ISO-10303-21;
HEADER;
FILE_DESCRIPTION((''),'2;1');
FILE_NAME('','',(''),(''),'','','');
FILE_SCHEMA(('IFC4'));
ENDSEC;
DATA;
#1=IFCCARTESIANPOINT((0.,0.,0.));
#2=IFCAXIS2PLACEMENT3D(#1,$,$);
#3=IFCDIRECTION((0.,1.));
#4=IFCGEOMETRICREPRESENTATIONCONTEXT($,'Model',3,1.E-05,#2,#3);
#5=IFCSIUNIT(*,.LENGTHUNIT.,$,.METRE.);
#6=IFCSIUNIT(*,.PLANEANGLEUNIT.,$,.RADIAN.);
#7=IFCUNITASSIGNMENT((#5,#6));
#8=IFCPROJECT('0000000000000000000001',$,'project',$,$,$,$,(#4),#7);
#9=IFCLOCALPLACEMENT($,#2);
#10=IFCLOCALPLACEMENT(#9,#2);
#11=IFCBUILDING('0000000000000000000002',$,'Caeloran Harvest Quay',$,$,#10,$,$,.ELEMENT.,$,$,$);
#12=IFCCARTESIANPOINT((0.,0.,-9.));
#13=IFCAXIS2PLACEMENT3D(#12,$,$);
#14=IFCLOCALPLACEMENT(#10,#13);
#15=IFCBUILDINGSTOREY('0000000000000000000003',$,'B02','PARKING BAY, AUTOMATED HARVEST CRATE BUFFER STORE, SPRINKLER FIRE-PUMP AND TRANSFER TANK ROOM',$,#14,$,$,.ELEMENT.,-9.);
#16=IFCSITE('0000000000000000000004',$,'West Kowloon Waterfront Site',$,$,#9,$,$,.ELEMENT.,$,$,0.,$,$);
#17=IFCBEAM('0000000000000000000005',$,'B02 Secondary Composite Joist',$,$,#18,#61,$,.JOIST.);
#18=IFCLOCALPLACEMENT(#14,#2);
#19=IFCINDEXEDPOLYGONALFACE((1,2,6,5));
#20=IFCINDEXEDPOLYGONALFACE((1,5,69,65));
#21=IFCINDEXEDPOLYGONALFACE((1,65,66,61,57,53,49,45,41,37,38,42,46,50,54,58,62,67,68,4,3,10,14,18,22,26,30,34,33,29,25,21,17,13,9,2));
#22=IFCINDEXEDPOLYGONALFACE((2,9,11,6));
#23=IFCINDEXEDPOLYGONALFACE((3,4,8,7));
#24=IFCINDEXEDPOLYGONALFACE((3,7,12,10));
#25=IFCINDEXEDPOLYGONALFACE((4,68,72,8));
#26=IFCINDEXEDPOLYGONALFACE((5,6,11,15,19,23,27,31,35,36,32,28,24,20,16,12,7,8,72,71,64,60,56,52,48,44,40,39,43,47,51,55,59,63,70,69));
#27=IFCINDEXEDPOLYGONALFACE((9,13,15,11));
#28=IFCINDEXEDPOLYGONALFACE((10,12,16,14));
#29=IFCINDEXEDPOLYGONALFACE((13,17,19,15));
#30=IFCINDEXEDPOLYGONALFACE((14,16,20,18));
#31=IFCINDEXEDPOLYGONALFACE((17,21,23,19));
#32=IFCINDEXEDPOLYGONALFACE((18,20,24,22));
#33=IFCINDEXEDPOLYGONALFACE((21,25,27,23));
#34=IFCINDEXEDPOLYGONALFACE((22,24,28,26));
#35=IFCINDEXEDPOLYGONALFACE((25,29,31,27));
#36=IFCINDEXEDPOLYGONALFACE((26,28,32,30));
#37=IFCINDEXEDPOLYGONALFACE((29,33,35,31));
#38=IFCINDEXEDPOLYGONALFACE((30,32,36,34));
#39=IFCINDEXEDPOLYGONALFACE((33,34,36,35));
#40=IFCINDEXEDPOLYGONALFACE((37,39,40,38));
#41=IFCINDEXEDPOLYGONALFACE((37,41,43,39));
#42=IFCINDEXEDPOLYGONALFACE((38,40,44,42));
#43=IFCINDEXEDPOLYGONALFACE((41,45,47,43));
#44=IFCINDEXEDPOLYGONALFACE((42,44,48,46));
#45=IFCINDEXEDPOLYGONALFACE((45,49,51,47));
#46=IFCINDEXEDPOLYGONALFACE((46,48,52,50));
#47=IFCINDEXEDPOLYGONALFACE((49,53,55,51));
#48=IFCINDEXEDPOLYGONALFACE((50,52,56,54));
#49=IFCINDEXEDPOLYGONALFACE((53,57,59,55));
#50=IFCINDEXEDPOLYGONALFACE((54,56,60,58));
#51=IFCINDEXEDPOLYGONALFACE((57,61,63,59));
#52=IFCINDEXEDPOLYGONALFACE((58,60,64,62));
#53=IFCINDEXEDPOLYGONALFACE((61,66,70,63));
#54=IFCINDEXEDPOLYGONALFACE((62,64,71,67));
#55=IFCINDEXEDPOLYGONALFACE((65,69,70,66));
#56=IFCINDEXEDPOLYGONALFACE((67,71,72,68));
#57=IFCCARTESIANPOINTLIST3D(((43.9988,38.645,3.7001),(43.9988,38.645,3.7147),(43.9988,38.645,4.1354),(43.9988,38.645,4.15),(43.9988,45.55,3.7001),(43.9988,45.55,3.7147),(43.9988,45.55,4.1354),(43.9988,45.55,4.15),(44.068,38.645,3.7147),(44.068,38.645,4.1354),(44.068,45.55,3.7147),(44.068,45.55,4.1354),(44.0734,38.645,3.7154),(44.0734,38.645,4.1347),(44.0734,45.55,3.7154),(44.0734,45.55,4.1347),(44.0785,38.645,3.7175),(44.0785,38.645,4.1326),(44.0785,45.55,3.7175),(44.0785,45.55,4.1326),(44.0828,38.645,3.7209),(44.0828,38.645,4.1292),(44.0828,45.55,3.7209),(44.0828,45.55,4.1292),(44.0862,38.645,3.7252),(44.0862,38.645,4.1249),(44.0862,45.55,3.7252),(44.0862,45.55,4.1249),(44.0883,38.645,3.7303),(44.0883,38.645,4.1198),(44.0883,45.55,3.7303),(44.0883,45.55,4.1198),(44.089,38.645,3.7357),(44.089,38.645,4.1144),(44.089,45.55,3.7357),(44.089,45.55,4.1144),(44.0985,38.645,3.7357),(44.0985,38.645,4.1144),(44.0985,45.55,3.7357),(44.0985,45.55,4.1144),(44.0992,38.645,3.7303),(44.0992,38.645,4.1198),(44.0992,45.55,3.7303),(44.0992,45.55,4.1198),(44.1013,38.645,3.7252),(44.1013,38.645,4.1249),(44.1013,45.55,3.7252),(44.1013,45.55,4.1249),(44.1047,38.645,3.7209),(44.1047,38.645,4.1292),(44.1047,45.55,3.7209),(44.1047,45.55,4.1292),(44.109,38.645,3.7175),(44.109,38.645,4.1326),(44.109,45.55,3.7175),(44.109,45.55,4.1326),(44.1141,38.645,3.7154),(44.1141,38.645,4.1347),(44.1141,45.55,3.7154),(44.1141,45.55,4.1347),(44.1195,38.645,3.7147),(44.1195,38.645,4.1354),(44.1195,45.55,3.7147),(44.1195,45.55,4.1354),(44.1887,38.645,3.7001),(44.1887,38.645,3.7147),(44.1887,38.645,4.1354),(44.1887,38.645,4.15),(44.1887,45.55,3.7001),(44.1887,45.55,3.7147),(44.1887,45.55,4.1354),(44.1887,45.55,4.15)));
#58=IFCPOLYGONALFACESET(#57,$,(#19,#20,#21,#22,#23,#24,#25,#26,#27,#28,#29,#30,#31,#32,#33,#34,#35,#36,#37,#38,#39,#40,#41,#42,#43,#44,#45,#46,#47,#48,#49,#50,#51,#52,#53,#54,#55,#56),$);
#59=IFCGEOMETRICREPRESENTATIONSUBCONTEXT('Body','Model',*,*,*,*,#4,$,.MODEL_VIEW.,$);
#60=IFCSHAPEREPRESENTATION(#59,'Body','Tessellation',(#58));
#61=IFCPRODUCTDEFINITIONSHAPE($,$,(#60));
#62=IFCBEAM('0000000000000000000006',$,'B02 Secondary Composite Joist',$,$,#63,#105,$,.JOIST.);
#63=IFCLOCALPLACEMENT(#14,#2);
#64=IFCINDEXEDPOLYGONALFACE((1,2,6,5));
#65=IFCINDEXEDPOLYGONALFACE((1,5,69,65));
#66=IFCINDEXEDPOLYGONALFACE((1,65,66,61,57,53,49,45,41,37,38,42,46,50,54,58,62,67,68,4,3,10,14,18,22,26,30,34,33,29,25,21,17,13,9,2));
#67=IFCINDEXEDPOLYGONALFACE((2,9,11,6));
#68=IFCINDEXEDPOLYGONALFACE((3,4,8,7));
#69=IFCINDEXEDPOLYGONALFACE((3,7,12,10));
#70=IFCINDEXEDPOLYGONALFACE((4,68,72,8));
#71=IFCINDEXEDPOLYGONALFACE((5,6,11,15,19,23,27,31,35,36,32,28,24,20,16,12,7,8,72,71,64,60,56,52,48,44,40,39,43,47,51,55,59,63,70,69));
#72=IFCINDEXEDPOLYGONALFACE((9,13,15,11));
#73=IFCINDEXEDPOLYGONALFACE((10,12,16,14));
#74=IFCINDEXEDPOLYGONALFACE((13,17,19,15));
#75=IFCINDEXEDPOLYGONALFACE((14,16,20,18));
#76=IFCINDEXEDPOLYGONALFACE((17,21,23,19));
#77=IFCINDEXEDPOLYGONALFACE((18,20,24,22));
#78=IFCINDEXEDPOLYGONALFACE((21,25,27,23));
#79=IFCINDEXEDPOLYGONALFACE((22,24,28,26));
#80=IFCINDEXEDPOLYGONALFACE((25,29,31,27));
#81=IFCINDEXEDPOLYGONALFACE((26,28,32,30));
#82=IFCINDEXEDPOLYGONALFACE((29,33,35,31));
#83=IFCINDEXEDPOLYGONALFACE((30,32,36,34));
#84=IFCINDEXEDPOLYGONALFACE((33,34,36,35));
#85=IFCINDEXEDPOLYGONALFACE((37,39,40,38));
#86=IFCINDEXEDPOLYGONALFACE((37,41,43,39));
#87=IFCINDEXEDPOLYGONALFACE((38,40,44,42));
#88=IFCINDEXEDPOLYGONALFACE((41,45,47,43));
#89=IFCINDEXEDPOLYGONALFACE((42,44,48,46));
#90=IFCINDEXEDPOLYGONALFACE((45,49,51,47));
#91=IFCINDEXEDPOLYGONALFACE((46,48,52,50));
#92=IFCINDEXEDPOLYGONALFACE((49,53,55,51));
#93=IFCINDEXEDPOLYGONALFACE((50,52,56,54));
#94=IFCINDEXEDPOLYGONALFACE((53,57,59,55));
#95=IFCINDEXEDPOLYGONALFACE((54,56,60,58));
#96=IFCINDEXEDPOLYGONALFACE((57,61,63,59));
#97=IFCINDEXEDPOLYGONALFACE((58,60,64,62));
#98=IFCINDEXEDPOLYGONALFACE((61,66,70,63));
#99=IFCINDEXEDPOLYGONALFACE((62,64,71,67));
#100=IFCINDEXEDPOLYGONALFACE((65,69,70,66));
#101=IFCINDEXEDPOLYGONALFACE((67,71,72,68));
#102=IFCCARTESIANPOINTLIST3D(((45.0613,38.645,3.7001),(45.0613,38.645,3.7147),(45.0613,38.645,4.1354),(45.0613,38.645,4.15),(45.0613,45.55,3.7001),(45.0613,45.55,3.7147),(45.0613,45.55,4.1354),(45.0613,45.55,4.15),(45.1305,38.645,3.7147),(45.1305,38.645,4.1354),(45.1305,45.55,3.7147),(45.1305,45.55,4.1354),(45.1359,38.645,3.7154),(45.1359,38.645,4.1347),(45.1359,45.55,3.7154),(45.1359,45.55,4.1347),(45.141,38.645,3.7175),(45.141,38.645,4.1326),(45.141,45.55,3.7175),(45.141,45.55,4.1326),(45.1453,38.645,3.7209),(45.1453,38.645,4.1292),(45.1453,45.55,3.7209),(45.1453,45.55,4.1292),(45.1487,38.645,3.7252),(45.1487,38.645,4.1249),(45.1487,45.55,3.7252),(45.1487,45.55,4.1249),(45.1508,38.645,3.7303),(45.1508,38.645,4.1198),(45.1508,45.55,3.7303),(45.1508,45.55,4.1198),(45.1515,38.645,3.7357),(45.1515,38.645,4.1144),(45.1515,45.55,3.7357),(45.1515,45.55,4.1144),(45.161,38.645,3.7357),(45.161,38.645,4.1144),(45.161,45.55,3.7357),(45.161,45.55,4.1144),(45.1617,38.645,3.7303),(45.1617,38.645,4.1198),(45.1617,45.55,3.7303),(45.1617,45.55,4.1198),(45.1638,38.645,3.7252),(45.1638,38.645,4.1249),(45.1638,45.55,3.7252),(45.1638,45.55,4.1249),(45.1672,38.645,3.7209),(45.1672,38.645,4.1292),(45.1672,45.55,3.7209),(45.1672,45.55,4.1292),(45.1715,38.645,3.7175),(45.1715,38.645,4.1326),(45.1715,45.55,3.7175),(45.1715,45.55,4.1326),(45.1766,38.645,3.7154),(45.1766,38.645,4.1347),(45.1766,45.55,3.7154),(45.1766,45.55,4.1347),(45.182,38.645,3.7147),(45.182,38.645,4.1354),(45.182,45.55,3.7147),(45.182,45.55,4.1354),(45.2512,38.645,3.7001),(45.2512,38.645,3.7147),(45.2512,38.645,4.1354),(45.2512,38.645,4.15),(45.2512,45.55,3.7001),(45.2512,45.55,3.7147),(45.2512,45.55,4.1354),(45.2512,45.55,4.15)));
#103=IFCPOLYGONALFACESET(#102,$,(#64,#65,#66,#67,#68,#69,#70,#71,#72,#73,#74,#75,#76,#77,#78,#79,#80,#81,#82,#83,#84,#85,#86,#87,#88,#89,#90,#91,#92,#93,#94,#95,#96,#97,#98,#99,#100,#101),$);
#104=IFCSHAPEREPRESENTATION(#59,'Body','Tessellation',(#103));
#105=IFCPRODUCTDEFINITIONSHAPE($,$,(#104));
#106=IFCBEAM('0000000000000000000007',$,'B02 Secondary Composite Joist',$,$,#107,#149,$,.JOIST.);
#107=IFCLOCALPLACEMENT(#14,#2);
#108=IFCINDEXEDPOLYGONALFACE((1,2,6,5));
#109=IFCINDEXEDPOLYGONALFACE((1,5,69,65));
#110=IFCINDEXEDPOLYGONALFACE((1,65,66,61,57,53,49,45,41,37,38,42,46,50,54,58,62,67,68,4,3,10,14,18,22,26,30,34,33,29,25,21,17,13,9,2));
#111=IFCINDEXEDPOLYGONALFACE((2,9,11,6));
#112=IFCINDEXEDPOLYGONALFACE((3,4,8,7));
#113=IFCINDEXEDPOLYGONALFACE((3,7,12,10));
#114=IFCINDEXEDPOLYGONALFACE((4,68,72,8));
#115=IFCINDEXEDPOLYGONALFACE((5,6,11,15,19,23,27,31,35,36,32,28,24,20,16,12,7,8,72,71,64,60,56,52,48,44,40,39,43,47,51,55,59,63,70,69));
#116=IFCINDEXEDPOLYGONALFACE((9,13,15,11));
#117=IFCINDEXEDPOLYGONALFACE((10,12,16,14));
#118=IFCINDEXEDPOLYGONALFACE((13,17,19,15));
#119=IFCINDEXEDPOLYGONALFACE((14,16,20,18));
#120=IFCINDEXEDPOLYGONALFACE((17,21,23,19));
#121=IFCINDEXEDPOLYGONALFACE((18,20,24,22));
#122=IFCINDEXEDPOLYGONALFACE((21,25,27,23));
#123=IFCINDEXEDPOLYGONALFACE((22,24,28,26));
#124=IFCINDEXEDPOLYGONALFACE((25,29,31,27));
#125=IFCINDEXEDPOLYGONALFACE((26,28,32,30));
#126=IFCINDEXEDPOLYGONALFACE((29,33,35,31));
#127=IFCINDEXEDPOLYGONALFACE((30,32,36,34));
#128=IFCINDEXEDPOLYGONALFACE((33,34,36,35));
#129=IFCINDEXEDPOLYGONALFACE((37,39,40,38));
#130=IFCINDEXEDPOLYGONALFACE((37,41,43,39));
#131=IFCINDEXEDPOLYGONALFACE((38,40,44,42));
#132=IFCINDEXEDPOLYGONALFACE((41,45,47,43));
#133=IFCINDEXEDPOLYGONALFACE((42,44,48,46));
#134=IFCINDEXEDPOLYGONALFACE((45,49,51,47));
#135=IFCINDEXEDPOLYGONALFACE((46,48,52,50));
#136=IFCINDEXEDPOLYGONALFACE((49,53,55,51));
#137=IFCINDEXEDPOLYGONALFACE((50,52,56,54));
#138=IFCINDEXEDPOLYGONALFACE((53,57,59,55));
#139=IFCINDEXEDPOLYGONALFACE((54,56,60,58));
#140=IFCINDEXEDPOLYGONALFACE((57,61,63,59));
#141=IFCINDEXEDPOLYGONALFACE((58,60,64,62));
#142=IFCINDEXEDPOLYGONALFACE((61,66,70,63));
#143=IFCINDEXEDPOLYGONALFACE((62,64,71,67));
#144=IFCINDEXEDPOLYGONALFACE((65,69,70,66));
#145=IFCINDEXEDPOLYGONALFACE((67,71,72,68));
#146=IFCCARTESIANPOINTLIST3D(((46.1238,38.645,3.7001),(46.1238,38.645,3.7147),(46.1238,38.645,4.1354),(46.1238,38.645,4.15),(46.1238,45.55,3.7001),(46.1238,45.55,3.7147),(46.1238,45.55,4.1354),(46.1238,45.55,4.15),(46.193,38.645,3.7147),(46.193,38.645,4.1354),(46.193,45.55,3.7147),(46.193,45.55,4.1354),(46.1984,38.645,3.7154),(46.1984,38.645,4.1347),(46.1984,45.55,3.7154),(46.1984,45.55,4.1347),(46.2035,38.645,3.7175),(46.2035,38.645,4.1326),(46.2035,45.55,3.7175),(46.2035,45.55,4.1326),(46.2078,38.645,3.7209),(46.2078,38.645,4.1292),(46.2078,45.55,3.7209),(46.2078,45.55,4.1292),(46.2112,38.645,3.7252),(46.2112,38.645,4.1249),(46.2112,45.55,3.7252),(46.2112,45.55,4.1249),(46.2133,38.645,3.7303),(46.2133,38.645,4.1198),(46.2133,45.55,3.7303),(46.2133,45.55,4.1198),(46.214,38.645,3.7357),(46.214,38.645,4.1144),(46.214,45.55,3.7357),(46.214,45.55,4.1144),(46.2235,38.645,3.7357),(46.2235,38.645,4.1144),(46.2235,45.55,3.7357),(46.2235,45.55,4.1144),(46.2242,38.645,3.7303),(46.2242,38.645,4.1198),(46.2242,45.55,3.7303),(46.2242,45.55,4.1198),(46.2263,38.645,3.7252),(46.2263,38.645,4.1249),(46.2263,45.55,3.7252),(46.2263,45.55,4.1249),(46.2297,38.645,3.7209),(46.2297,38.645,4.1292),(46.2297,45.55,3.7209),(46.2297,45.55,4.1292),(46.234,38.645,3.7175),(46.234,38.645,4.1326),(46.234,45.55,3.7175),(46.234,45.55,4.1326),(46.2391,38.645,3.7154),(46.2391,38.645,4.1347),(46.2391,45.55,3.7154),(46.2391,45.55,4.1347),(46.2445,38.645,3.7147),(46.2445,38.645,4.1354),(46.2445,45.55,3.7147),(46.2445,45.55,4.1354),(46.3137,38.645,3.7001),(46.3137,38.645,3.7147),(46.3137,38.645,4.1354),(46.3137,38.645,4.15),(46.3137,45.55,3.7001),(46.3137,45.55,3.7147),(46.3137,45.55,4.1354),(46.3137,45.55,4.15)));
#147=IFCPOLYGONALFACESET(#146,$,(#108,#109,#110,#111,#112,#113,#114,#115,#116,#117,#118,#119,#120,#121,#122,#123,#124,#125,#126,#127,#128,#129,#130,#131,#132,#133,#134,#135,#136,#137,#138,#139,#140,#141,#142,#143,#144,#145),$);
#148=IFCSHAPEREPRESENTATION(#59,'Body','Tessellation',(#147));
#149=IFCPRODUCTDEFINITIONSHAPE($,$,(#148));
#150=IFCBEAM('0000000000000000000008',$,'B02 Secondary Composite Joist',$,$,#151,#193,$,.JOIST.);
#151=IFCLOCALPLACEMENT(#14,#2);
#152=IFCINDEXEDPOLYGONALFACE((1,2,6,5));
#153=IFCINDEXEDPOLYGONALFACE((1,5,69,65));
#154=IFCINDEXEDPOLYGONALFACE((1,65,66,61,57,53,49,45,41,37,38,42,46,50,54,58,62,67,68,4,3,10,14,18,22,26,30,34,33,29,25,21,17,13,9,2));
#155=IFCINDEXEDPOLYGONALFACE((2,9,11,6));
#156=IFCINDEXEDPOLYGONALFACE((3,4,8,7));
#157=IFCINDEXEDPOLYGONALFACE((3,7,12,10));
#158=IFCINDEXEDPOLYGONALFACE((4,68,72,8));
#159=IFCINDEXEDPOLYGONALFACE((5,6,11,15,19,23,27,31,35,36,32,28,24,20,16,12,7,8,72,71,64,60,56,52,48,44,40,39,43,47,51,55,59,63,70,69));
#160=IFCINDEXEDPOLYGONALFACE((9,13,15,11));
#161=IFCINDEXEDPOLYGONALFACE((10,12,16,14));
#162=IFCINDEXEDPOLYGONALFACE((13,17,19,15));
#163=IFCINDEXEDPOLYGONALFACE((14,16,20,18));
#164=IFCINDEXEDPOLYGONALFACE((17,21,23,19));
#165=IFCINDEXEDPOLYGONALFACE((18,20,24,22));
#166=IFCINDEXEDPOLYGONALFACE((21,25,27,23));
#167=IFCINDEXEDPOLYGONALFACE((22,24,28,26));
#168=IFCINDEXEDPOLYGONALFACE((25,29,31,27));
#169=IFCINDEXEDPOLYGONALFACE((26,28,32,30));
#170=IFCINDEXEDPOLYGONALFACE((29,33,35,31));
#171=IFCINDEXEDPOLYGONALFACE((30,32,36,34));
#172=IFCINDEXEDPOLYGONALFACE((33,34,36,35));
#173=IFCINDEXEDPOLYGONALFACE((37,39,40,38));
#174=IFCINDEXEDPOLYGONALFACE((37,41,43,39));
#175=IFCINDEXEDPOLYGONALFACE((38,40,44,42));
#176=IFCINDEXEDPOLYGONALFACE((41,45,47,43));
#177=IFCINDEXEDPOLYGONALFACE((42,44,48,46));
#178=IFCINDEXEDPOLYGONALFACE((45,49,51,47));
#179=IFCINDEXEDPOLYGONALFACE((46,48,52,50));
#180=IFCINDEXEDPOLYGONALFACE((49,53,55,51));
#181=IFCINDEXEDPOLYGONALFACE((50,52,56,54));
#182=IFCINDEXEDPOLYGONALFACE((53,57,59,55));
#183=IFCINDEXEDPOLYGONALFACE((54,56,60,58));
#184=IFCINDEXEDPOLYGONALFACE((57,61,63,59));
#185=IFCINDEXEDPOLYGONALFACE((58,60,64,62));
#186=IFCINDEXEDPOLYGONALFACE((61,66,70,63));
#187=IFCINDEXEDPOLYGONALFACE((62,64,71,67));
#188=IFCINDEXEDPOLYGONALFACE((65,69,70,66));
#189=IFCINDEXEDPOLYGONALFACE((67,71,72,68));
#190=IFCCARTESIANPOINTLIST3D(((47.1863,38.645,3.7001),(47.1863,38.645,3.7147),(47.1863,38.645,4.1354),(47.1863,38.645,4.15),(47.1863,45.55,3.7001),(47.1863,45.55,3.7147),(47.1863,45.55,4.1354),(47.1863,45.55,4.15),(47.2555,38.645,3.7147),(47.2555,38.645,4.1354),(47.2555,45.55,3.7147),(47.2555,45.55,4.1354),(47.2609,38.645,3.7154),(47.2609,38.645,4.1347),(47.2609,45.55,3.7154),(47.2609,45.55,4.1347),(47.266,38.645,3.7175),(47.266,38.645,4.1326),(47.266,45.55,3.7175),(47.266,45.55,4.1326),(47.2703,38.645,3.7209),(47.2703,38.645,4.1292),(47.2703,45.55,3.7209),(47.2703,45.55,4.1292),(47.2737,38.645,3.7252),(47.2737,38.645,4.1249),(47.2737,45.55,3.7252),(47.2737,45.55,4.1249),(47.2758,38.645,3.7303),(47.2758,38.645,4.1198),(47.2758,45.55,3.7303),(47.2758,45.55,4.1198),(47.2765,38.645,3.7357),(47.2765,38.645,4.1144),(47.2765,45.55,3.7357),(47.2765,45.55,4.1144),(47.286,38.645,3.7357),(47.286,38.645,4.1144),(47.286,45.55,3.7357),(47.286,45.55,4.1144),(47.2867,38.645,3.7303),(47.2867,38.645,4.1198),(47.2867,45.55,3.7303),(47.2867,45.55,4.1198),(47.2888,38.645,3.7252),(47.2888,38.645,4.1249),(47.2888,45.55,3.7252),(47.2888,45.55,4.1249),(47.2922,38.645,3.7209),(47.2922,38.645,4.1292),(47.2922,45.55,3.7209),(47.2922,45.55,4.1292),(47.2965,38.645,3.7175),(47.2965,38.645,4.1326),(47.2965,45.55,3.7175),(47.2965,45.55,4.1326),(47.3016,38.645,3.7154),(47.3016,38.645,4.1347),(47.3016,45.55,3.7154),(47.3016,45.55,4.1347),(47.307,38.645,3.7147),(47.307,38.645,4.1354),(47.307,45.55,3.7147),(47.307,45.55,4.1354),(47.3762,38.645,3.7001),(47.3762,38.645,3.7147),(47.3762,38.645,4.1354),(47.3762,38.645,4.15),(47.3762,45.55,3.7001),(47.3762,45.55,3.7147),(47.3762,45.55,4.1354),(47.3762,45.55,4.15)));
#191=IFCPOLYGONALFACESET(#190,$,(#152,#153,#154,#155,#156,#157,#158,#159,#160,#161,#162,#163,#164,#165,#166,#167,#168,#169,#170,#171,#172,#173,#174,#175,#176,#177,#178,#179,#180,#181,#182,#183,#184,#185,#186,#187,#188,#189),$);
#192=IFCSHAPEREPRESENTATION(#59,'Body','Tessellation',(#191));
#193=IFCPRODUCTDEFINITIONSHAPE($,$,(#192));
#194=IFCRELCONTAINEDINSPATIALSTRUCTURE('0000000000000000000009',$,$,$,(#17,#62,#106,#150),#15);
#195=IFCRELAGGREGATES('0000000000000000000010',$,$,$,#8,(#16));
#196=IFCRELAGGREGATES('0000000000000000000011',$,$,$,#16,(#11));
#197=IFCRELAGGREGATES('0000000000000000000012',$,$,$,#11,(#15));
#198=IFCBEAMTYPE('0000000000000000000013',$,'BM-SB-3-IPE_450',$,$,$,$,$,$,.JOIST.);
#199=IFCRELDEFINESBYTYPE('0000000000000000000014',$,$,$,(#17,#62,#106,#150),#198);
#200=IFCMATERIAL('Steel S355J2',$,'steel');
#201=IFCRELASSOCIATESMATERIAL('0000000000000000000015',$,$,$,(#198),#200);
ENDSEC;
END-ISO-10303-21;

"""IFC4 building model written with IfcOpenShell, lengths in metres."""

from ifc_helpers import new_model, si_unit, direction, frame, origin, origin_2d, place, context, subcontext, project, spatial, i_section, extrude, material, material_profile, profile_set, type_object, element, save


model = new_model("IFC4")

# Units and contexts
model_context = context("Model", 3, precision=1e-05, world=origin(), true_north=direction((0.0, 1.0)))
body_context = subcontext(model_context, "Body", "Model", "MODEL_VIEW")
ifc_project = project(units=[si_unit("LENGTHUNIT", "METRE"), si_unit("PLANEANGLEUNIT", "RADIAN")], contexts=[model_context])

# Site, building, storey
site_placement = place(None, origin())
site = spatial("IfcSite", under=ifc_project, at=site_placement, Name="West Kowloon Waterfront Site", CompositionType="ELEMENT", RefElevation=0.0)
building_placement = place(site_placement, origin())
building = spatial("IfcBuilding", under=site, at=building_placement, Name="Caeloran Harvest Quay", CompositionType="ELEMENT")
storey_placement = place(building_placement, frame((0.0, 0.0, -9.0)))
storey = spatial("IfcBuildingStorey", under=building, at=storey_placement, Name="B02", Description="PARKING BAY, AUTOMATED HARVEST CRATE BUFFER STORE, SPRINKLER FIRE-PUMP AND TRANSFER TANK ROOM", CompositionType="ELEMENT", Elevation=-9.0)

# Beams
ifc_material_1 = material(Name="Steel S355J2", Category="steel")
ifc_material_profile_1 = material_profile(ifc_material_1, i_section(OverallWidth=0.1899, OverallDepth=0.45, WebThickness=0.0095, FlangeThickness=0.0146, FilletRadius=0.021, at=origin_2d()), Name="IPE 450")
ifc_profile_set_1 = profile_set([ifc_material_profile_1], Name="Steel S355J2")
beam_type_1 = type_object("IfcBeamType", Name="BM-SB-3-IPE_450", PredefinedType="JOIST", material=ifc_profile_set_1)
for number, where, z_axis, x_axis, name in (
    (1, (44.0938, 38.645, 3.925), (0.0, 1.0, 0.0), (-1.0, 0.0, 0.0), "B02 Secondary Composite Joist"),
    (2, (45.1562, 38.645, 3.925), (0.0, 1.0, 0.0), (-1.0, 0.0, 0.0), "B02 Secondary Composite Joist"),
    (3, (46.2188, 38.645, 3.925), (0.0, 1.0, 0.0), (-1.0, 0.0, 0.0), "B02 Secondary Composite Joist"),
    (4, (47.2812, 38.645, 3.925), (0.0, 1.0, 0.0), (-1.0, 0.0, 0.0), "B02 Secondary Composite Joist"),
):
    element("IfcBeam", number, at=place(storey_placement, frame(where, z_axis=z_axis, x_axis=x_axis)), inside=storey, type_object=beam_type_1, Name=name, PredefinedType="JOIST", context=body_context, shape_type="SweptSolid", body=[
        extrude(i_section(OverallWidth=0.1899, OverallDepth=0.45, WebThickness=0.0095, FlangeThickness=0.0146, FilletRadius=0.021, at=origin_2d()), origin(), (0.0, 0.0, 1.0), 6.905),
    ])

save(model, "model.ifc")
